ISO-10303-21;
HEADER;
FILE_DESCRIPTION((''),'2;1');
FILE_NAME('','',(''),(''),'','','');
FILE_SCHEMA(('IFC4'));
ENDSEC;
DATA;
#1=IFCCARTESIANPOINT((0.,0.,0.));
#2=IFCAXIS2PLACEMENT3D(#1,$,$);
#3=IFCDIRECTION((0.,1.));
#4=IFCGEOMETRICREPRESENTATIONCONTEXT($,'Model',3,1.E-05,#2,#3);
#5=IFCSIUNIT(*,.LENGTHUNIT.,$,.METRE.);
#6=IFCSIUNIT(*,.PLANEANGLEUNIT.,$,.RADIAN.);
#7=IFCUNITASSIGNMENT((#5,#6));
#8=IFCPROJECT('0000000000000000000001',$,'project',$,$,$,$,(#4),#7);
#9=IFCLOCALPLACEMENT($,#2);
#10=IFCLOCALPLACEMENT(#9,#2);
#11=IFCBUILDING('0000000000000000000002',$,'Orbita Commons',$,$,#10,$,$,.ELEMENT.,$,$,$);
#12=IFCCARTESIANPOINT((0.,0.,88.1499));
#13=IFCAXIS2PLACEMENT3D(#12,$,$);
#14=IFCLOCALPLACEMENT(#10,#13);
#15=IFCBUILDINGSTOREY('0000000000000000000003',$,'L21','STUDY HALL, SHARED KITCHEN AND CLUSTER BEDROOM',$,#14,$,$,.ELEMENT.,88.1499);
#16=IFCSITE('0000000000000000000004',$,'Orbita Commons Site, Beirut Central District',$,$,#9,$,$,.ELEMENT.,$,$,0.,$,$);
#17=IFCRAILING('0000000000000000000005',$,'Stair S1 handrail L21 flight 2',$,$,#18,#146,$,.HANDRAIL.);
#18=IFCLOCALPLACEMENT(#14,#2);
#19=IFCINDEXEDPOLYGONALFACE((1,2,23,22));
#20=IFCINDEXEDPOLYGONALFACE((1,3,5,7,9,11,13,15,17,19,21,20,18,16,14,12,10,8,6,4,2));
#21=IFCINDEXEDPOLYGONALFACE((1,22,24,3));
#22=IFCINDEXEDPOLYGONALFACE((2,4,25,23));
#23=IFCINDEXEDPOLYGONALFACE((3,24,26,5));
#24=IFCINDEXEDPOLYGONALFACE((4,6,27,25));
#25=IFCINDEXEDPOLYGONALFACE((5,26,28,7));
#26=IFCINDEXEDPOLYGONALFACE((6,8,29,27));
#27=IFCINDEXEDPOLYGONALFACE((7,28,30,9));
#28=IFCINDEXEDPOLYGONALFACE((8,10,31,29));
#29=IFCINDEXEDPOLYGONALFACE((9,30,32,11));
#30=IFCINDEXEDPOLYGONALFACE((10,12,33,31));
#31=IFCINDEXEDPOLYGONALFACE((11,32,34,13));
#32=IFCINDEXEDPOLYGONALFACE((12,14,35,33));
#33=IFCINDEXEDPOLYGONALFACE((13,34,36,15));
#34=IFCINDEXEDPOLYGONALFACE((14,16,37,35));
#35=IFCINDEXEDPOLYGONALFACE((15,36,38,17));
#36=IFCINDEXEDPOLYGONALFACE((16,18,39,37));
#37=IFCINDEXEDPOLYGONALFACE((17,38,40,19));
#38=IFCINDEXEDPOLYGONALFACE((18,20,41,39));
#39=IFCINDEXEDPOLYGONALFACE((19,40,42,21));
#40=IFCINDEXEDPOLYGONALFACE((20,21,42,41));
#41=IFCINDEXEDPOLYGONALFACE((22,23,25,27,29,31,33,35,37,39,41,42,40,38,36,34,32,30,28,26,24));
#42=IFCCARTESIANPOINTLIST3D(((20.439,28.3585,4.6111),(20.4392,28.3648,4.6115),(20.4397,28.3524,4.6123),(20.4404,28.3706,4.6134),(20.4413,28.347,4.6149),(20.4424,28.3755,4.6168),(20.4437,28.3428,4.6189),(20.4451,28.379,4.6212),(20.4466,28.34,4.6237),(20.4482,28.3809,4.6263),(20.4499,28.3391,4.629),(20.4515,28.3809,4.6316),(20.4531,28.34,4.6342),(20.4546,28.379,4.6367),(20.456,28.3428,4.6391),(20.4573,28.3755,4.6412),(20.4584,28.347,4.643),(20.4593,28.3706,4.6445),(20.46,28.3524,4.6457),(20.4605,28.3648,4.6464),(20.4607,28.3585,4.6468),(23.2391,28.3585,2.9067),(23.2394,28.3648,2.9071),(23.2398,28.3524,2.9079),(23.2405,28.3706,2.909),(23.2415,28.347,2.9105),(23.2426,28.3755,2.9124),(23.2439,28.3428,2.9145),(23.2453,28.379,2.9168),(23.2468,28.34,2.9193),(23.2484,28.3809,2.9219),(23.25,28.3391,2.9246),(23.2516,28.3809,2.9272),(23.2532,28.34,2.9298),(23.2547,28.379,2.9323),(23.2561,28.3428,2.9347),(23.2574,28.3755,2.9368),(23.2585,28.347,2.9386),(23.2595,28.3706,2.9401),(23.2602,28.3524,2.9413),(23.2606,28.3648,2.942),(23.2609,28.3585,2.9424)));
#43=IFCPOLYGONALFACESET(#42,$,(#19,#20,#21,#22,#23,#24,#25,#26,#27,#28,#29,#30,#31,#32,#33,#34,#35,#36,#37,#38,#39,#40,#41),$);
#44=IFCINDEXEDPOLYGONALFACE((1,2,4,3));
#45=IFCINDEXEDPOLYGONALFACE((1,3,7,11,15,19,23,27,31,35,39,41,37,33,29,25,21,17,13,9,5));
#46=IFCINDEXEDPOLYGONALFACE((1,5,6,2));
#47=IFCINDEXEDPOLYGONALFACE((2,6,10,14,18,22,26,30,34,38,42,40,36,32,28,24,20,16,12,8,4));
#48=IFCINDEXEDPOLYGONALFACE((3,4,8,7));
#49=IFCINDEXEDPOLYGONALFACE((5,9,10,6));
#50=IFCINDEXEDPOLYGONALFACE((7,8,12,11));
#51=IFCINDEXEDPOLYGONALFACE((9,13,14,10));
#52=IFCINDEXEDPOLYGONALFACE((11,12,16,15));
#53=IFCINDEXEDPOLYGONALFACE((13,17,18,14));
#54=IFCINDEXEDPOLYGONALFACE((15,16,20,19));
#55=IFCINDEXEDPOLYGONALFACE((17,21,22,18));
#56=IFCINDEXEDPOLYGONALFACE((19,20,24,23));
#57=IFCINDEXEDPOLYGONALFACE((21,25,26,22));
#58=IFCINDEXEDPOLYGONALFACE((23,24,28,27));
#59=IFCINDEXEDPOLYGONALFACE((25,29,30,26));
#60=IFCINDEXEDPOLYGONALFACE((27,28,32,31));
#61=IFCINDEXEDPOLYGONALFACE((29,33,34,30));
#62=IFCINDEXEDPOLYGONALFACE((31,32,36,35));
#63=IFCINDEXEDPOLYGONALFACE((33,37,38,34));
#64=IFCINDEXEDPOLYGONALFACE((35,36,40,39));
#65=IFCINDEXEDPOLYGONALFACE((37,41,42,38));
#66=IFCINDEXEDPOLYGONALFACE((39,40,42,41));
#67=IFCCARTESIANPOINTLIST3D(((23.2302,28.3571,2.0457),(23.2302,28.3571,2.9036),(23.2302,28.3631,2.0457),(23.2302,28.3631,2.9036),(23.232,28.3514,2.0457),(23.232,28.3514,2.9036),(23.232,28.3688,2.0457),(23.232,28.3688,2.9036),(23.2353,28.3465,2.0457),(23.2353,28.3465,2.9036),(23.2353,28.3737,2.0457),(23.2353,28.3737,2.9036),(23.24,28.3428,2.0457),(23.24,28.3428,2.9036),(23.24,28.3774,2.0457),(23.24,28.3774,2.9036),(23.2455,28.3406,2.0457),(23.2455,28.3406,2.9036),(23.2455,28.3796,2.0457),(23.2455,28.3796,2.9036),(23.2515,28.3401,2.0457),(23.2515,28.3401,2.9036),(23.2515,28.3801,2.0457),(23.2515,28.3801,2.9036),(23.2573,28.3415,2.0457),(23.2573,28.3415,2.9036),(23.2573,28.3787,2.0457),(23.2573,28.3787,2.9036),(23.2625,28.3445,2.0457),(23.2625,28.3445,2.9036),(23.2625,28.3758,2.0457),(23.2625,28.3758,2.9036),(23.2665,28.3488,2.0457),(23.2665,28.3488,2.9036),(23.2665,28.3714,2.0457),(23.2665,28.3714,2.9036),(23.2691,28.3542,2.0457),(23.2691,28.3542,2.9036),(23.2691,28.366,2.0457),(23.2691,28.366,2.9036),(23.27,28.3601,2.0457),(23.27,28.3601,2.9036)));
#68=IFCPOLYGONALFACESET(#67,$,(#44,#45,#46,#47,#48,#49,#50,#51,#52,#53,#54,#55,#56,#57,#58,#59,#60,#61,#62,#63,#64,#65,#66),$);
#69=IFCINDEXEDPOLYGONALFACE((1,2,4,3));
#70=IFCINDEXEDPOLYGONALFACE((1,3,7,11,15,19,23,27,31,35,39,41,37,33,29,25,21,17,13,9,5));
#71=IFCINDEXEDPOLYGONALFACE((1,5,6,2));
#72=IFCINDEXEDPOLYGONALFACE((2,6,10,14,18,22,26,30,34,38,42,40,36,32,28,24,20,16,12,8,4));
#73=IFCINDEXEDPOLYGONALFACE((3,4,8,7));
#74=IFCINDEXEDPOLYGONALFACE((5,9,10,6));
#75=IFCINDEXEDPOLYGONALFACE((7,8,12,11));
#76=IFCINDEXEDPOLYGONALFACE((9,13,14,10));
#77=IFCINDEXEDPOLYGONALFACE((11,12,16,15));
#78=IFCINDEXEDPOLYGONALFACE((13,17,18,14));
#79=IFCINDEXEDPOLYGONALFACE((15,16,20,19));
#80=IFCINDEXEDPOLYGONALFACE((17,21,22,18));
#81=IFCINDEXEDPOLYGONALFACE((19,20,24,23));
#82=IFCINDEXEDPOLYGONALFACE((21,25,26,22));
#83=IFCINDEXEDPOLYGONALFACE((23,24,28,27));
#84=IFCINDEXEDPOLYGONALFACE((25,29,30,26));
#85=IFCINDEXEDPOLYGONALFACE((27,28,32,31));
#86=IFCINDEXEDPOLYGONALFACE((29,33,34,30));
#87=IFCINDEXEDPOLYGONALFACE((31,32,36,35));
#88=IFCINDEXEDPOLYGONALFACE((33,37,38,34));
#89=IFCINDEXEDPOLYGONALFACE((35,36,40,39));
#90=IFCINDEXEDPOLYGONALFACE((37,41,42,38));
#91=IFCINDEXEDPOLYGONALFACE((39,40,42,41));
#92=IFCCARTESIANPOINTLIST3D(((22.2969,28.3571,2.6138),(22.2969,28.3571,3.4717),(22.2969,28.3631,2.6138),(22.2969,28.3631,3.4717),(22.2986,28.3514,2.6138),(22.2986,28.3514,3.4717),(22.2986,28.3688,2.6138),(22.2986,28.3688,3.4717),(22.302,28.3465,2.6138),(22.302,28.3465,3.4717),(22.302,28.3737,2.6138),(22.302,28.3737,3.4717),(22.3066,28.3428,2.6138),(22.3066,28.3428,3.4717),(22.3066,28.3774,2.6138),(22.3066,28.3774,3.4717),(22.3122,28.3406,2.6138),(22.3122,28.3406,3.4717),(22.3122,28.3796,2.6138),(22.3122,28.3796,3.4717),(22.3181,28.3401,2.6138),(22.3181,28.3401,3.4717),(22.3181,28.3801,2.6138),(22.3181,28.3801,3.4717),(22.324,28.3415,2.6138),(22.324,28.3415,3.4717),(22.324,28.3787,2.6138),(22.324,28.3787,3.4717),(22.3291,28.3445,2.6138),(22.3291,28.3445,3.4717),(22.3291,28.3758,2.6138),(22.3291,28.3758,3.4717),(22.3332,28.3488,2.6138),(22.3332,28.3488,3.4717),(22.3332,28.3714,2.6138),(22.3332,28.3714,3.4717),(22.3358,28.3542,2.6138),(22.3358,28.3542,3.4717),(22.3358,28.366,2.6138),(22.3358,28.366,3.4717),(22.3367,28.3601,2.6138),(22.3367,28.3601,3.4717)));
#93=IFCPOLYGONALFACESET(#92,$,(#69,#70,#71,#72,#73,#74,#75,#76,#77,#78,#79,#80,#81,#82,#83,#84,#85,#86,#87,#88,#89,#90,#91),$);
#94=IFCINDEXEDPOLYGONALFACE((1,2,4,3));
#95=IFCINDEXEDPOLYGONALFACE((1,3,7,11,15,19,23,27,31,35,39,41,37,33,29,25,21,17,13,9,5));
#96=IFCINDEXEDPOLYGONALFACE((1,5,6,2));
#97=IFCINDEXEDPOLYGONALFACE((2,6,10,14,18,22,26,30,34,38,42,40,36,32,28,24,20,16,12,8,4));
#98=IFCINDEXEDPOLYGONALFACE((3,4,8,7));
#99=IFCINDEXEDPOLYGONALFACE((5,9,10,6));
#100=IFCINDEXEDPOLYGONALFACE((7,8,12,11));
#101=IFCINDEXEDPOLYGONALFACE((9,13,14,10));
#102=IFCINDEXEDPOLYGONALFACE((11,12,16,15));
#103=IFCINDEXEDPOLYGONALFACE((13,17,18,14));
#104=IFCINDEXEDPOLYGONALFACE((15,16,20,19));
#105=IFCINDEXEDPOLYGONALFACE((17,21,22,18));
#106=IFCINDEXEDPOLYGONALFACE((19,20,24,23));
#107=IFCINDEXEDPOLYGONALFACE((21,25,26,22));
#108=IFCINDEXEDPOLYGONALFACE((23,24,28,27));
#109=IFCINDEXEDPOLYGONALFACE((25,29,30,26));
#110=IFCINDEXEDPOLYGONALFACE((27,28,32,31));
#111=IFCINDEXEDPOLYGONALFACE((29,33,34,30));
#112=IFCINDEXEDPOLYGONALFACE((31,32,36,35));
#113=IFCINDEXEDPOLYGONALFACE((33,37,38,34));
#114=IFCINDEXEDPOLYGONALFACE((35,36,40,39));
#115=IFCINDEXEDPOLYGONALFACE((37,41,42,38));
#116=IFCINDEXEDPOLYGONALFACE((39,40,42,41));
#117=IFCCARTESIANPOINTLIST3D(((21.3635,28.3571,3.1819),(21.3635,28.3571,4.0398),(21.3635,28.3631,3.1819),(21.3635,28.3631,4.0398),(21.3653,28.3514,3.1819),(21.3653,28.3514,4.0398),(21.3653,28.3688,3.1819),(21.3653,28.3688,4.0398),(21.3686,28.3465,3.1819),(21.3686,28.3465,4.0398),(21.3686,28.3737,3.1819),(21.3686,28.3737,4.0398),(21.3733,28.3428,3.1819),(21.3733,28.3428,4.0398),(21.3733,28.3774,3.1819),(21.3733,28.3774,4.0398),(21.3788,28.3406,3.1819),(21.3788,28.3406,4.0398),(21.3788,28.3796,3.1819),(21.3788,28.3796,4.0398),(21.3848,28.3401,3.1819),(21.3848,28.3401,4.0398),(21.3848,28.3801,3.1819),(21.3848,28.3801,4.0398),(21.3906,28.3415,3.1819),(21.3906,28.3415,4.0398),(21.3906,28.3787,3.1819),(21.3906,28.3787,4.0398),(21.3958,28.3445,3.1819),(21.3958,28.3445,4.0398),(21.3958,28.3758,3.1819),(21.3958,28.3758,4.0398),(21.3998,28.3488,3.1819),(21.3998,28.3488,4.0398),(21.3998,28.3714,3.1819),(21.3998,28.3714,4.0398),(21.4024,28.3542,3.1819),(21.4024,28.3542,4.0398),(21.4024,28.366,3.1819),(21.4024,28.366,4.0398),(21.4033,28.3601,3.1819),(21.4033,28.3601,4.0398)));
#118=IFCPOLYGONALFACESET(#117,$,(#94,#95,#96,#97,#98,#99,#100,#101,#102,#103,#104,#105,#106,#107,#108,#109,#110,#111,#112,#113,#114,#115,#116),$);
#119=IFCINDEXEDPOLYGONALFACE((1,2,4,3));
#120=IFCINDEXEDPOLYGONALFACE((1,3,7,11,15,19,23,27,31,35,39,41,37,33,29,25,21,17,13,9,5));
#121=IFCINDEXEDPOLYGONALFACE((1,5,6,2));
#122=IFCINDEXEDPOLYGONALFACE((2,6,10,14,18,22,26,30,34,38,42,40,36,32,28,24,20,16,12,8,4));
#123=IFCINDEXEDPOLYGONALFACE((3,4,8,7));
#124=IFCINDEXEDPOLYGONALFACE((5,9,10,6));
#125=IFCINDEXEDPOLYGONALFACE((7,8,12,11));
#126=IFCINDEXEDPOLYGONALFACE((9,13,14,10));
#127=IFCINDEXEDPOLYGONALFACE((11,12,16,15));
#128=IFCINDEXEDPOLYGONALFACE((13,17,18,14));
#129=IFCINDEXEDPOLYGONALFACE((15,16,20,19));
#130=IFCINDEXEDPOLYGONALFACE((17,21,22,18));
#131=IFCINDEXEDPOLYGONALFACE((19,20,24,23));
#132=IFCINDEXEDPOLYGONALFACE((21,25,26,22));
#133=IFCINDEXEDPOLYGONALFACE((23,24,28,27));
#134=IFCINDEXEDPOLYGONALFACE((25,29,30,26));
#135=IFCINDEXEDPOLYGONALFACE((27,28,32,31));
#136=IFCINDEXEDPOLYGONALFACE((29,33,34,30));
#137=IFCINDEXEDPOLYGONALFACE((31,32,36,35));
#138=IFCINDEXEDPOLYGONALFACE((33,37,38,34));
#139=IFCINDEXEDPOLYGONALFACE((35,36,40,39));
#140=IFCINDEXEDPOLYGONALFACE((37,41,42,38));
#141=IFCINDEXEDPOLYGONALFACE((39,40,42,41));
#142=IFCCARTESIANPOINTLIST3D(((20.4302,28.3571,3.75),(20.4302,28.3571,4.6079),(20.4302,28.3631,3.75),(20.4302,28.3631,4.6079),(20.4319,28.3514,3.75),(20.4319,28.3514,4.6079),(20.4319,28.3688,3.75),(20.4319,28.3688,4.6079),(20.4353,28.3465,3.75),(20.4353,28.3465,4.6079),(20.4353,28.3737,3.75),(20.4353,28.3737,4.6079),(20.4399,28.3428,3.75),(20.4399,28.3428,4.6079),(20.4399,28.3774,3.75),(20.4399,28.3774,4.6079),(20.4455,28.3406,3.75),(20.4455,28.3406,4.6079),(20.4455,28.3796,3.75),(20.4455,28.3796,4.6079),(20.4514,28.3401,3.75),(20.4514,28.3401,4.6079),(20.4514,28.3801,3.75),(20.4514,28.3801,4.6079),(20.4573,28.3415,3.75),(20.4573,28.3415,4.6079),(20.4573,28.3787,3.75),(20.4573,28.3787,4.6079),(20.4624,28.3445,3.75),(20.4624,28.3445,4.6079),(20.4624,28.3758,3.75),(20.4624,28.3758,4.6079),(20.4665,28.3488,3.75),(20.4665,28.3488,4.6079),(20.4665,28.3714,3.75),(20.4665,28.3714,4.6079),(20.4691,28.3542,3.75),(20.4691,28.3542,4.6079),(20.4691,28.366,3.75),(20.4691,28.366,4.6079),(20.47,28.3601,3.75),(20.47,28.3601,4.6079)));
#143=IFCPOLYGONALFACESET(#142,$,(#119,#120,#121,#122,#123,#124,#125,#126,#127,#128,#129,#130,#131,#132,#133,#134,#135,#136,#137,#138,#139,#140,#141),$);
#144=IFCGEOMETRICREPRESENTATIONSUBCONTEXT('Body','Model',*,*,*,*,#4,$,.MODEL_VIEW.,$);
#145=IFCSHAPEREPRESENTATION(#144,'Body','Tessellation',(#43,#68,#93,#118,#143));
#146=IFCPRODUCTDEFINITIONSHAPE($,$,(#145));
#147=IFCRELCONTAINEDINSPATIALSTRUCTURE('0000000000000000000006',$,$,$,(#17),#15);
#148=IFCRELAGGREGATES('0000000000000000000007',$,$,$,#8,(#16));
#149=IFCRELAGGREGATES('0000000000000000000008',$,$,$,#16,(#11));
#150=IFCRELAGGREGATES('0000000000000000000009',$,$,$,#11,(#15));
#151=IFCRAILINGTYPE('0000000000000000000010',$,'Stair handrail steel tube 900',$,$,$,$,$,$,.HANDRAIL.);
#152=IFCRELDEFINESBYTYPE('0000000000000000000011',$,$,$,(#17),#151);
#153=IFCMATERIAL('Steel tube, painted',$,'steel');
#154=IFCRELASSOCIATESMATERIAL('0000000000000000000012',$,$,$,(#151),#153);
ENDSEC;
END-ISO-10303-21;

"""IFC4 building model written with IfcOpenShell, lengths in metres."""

from ifc_helpers import new_model, si_unit, direction, frame, origin, origin_2d, place, context, subcontext, project, spatial, circle, extrude, material, type_object, element, save


model = new_model("IFC4")

# Units and contexts
model_context = context("Model", 3, precision=1e-05, world=origin(), true_north=direction((0.0, 1.0)))
body_context = subcontext(model_context, "Body", "Model", "MODEL_VIEW")
ifc_project = project(units=[si_unit("LENGTHUNIT", "METRE"), si_unit("PLANEANGLEUNIT", "RADIAN")], contexts=[model_context])

# Site, building, storey
site_placement = place(None, origin())
site = spatial("IfcSite", under=ifc_project, at=site_placement, Name="Orbita Commons Site, Beirut Central District", CompositionType="ELEMENT", RefElevation=0.0)
building_placement = place(site_placement, origin())
building = spatial("IfcBuilding", under=site, at=building_placement, Name="Orbita Commons", CompositionType="ELEMENT")
storey_placement = place(building_placement, frame((0.0, 0.0, 88.1499)))
storey = spatial("IfcBuildingStorey", under=building, at=storey_placement, Name="L21", Description="STUDY HALL, SHARED KITCHEN AND CLUSTER BEDROOM", CompositionType="ELEMENT", Elevation=88.1499)

# Railing
ifc_material = material(Name="Steel tube, painted", Category="steel")
railing_type = type_object("IfcRailingType", Name="Stair handrail steel tube 900", PredefinedType="HANDRAIL", material=ifc_material)
for number, where, name in (
    (1, (23.25, 28.3601, 2.0457), "Stair S1 handrail L21 flight 2"),
):
    element("IfcRailing", number, at=place(storey_placement, frame(where)), inside=storey, type_object=railing_type, Name=name, PredefinedType="HANDRAIL", context=body_context, shape_type="SweptSolid", body=[
        extrude(circle(Radius=0.021, at=origin_2d()), frame((0.0, 0.0, 0.8789), z_axis=(-0.854203, 0.0, 0.51994), x_axis=(0.0, -1.0, 0.0)), (0.0, 0.0, 1.0), 3.2781),
        extrude(circle(Radius=0.02, at=origin_2d()), origin(), (0.0, 0.0, 1.0), 0.8579),
        extrude(circle(Radius=0.02, at=origin_2d()), frame((-0.9333, 0.0, 0.5681)), (0.0, 0.0, 1.0), 0.8579),
        extrude(circle(Radius=0.02, at=origin_2d()), frame((-1.8667, 0.0, 1.1362)), (0.0, 0.0, 1.0), 0.8579),
        extrude(circle(Radius=0.02, at=origin_2d()), frame((-2.8, 0.0, 1.7043)), (0.0, 0.0, 1.0), 0.8579),
    ])

save(model, "model.ifc")
